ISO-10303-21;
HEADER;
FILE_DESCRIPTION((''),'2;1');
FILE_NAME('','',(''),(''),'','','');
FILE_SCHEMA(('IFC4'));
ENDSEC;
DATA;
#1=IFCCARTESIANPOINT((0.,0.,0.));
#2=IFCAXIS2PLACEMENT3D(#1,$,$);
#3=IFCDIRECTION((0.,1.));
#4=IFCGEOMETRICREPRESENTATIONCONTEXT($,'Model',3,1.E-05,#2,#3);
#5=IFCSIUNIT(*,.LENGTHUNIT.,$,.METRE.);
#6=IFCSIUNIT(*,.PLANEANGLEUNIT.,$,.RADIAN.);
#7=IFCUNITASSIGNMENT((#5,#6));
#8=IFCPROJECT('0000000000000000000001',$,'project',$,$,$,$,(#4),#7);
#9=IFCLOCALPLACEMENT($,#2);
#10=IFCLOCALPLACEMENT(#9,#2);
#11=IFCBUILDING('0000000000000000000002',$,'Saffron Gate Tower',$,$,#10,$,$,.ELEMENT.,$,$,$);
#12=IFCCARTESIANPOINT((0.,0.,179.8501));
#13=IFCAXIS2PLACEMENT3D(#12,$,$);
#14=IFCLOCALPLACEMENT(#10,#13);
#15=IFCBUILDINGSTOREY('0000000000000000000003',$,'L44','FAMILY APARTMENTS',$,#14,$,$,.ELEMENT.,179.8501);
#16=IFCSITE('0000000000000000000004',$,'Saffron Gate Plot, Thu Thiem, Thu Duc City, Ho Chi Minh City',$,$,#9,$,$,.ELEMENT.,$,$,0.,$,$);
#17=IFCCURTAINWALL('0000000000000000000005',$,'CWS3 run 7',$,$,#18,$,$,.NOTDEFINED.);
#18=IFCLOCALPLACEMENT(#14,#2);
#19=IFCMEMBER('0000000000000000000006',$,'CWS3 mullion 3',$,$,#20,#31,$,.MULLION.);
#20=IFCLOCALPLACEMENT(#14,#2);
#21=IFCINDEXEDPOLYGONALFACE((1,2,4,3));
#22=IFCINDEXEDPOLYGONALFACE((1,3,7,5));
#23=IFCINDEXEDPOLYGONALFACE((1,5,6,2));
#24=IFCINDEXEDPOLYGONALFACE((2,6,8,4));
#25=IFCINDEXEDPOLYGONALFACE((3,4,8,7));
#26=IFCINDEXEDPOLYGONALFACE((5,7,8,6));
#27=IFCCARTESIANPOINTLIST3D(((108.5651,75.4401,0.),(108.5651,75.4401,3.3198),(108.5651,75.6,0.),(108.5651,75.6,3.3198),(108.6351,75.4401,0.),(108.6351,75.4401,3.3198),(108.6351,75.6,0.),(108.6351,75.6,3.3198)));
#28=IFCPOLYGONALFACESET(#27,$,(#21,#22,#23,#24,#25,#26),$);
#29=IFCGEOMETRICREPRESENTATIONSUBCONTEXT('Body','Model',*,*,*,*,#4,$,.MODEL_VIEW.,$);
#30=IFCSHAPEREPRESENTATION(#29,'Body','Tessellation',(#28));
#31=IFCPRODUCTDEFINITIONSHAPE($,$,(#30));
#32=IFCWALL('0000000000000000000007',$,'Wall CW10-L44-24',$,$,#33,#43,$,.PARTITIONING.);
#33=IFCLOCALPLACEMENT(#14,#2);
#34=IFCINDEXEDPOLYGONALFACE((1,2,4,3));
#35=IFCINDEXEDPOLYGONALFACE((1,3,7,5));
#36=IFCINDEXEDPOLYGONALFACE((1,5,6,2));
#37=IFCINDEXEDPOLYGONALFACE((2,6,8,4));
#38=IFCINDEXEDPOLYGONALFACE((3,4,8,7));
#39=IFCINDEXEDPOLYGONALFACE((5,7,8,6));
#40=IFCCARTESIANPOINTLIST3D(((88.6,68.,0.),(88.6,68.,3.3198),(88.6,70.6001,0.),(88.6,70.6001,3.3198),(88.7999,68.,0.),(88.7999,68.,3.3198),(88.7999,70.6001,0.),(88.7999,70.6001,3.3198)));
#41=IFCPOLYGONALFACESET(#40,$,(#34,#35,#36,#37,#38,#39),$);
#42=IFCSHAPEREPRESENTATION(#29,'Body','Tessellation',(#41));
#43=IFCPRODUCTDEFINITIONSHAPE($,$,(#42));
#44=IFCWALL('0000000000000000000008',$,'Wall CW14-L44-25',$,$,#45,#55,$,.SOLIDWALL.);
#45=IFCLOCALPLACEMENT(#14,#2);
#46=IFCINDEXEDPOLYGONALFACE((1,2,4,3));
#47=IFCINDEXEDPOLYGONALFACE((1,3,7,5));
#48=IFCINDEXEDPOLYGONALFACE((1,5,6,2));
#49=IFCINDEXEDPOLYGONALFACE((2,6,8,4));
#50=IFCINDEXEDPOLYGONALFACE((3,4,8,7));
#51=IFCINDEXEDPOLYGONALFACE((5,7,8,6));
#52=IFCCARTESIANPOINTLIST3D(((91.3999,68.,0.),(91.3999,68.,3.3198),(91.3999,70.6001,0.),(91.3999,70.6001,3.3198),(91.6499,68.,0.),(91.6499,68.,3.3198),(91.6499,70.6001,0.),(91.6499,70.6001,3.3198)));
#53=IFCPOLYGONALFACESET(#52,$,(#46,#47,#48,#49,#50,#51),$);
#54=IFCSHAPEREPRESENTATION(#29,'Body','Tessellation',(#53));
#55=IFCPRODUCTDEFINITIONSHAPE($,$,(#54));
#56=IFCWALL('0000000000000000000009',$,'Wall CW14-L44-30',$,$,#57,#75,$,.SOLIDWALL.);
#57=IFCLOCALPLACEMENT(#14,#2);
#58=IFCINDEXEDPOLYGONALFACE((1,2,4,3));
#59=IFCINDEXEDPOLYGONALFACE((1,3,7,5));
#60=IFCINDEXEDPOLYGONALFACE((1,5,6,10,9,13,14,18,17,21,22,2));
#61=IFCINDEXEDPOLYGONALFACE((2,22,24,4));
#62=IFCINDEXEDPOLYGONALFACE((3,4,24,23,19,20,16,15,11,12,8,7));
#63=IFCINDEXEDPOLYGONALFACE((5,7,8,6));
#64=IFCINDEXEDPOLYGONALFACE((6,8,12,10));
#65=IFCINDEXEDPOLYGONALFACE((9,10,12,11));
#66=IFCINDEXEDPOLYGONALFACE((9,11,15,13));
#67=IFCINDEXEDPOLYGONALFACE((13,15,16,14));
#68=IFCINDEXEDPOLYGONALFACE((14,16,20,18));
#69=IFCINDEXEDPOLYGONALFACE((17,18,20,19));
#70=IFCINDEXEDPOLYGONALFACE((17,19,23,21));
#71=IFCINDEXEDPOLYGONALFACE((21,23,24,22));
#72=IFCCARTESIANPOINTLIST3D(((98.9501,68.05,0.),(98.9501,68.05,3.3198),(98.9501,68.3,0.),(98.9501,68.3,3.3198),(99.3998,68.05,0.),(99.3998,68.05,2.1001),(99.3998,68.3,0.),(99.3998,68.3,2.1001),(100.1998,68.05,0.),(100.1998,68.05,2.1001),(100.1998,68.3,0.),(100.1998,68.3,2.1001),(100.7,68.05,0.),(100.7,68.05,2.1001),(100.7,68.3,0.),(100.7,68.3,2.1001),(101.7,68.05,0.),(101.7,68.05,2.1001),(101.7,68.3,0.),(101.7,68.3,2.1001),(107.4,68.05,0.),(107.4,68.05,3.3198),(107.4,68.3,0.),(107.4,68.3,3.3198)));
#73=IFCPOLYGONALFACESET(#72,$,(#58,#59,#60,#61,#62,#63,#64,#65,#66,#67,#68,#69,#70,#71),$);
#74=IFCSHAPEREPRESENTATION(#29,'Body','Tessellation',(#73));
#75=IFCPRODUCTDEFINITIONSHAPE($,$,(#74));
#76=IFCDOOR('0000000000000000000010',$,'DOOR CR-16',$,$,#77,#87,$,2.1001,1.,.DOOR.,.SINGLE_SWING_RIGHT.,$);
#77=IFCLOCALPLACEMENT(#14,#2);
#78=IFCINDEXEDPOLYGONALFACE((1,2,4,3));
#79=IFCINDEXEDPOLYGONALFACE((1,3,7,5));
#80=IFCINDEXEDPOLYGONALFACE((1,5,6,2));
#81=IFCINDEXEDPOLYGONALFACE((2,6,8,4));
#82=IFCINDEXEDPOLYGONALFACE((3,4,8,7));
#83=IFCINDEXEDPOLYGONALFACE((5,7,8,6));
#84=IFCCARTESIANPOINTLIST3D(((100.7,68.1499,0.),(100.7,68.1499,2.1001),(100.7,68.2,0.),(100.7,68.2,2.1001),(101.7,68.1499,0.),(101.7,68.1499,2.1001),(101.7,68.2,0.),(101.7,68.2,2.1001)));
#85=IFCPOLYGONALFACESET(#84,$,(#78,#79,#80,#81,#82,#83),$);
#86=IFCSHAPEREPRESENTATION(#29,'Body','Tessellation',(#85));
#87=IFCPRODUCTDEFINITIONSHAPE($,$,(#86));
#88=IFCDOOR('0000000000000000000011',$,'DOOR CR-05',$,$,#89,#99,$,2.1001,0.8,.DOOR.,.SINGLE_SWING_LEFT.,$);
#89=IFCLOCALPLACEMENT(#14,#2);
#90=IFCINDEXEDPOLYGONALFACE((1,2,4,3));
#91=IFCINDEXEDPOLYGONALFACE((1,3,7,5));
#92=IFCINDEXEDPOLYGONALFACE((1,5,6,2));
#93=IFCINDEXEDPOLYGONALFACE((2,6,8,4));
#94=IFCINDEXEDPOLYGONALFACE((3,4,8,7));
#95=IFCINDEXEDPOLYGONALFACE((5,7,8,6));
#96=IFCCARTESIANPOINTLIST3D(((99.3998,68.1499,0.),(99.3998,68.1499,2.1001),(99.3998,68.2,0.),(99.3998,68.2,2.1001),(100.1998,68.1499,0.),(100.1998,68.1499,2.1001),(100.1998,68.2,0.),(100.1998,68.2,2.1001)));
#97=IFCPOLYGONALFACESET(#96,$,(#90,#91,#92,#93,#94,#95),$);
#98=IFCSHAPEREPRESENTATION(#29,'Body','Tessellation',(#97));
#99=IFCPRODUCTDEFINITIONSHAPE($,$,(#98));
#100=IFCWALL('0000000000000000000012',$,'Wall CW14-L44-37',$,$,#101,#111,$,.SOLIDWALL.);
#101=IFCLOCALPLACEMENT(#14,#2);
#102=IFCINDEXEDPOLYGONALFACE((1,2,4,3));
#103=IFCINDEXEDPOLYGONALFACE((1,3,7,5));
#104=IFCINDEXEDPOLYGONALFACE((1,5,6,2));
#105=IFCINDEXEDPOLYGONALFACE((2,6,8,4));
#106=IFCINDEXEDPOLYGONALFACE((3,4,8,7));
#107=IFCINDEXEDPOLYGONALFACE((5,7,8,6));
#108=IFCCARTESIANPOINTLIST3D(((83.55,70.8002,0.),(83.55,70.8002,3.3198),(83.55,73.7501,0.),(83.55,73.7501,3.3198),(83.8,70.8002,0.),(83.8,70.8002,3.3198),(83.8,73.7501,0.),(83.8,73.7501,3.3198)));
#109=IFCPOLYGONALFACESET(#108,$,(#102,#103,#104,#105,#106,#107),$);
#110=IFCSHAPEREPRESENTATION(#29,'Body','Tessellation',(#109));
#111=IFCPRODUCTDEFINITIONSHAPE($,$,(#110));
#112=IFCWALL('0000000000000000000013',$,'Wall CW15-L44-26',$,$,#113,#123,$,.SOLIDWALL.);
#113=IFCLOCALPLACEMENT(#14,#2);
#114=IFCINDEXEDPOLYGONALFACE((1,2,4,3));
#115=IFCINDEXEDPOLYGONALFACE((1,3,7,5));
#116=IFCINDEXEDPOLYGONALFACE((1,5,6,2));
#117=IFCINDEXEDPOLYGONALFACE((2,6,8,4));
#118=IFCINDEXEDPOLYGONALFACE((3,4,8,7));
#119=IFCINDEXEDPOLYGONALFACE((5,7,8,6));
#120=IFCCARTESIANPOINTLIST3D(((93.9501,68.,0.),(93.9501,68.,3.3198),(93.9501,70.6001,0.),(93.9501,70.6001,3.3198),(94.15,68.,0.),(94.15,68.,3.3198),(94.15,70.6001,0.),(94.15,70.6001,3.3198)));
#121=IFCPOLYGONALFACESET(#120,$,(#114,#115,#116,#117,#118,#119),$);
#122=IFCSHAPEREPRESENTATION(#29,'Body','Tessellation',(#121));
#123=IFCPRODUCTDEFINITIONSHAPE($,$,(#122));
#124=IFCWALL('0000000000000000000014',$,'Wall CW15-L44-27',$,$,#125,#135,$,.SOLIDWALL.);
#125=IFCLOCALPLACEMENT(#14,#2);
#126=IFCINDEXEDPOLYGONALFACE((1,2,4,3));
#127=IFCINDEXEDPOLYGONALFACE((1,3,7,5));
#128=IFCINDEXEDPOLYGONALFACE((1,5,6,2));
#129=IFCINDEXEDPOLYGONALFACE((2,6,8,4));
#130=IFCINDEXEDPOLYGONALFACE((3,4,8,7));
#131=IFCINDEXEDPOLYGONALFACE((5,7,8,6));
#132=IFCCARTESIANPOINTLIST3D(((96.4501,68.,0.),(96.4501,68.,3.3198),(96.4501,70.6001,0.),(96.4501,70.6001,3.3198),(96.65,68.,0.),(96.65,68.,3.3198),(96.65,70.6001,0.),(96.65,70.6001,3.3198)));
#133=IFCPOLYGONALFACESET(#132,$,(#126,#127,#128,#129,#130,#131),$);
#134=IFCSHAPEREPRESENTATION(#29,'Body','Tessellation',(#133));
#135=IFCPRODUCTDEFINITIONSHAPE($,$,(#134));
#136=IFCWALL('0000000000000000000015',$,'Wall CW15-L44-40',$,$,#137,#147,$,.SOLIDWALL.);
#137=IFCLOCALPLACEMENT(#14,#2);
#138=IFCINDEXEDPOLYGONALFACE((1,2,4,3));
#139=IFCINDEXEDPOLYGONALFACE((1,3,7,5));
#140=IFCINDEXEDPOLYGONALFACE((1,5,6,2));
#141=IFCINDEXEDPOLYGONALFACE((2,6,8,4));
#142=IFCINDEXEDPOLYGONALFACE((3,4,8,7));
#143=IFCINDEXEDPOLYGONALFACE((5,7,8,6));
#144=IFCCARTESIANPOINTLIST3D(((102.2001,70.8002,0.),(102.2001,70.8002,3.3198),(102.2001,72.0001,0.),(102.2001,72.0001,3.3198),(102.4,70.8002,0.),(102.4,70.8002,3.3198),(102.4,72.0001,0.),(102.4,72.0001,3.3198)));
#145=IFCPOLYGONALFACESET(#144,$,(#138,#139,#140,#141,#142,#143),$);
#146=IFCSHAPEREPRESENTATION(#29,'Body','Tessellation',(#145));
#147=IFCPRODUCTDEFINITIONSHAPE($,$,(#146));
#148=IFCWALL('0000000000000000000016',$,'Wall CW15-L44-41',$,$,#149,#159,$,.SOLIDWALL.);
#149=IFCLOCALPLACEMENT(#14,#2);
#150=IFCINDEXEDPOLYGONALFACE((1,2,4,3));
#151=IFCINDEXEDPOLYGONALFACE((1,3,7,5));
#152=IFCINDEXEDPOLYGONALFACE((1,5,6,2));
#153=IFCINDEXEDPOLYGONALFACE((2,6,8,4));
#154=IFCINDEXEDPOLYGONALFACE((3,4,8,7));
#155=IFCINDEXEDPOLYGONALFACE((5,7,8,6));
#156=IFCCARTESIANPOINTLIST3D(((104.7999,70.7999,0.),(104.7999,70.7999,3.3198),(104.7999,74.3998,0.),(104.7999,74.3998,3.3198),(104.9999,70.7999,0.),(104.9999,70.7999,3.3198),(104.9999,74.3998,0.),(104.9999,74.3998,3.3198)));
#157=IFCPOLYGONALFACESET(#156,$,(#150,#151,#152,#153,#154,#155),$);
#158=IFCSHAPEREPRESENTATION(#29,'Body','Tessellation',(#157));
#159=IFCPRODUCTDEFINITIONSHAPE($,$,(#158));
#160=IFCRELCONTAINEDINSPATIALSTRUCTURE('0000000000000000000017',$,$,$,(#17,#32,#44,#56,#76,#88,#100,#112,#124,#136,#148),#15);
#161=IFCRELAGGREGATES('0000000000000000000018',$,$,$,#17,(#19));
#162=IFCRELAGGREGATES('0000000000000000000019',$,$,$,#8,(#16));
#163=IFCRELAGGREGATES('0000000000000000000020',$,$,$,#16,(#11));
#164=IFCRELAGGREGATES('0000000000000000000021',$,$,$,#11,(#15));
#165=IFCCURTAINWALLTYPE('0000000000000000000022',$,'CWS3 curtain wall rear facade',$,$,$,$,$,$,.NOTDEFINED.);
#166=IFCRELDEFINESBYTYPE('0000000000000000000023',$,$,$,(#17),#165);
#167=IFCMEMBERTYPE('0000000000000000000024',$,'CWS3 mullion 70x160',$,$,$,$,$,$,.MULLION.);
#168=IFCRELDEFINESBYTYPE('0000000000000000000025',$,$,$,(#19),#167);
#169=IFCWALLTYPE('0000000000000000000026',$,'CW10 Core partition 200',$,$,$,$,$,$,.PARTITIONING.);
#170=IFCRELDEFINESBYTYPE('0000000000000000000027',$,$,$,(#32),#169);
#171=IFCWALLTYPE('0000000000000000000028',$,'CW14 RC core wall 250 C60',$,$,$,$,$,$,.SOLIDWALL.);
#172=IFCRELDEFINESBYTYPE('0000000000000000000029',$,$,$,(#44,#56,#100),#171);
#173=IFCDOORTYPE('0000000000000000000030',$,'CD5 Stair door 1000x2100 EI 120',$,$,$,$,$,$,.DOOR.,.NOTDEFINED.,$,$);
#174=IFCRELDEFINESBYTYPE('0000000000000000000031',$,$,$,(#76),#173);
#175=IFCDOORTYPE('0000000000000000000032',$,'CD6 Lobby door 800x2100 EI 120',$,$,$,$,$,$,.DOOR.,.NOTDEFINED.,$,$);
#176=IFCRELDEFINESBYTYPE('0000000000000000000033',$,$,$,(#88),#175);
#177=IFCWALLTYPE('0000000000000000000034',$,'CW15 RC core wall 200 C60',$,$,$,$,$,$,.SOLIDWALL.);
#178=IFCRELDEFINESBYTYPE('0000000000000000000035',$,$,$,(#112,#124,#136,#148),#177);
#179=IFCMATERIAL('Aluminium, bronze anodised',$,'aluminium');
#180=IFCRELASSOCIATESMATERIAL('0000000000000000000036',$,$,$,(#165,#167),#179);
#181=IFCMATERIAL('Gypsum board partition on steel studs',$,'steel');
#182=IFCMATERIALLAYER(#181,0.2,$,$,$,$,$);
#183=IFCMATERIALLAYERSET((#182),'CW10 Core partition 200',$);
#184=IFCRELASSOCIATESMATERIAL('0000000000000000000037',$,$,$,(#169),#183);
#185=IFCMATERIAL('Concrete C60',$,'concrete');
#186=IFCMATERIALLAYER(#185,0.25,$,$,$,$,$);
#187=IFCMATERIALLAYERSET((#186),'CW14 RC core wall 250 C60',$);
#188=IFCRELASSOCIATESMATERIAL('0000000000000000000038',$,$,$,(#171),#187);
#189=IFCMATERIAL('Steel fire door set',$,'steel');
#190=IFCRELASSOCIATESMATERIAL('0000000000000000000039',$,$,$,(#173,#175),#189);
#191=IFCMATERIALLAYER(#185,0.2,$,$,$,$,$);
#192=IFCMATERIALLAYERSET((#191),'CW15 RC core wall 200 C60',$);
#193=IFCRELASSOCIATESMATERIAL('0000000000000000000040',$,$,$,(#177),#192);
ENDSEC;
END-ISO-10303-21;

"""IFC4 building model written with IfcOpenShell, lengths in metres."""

from ifc_helpers import new_model, si_unit, direction, frame, frame_2d, origin, origin_2d, place, context, subcontext, project, spatial, rectangle, extrude, material, layer, layer_set, material_profile, profile_set, type_object, element, fill, aggregate, save


model = new_model("IFC4")

# Units and contexts
model_context = context("Model", 3, precision=1e-05, world=origin(), true_north=direction((0.0, 1.0)))
body_context = subcontext(model_context, "Body", "Model", "MODEL_VIEW")
ifc_project = project(units=[si_unit("LENGTHUNIT", "METRE"), si_unit("PLANEANGLEUNIT", "RADIAN")], contexts=[model_context])

# Site, building, storey
site_placement = place(None, origin())
site = spatial("IfcSite", under=ifc_project, at=site_placement, Name="Saffron Gate Plot, Thu Thiem, Thu Duc City, Ho Chi Minh City", CompositionType="ELEMENT", RefElevation=0.0)
building_placement = place(site_placement, origin())
building = spatial("IfcBuilding", under=site, at=building_placement, Name="Saffron Gate Tower", CompositionType="ELEMENT")
storey_placement = place(building_placement, frame((0.0, 0.0, 179.8501)))
storey = spatial("IfcBuildingStorey", under=building, at=storey_placement, Name="L44", Description="FAMILY APARTMENTS", CompositionType="ELEMENT", Elevation=179.8501)

# Curtain wall, member
ifc_material_1 = material(Name="Aluminium, bronze anodised", Category="aluminium")
curtain_wall_type = type_object("IfcCurtainWallType", Name="CWS3 curtain wall rear facade", PredefinedType="NOTDEFINED", material=ifc_material_1)
curtain_wall_placement = place(storey_placement, origin())
curtain_wall = element("IfcCurtainWall", 1, at=curtain_wall_placement, inside=storey, type_object=curtain_wall_type, Name="CWS3 run 7", PredefinedType="NOTDEFINED")
ifc_material_profile = material_profile(ifc_material_1, rectangle(XDim=0.1599, YDim=0.0701, at=origin_2d()))
ifc_profile_set = profile_set([ifc_material_profile], Name="Aluminium, bronze anodised")
member_type = type_object("IfcMemberType", Name="CWS3 mullion 70x160", PredefinedType="MULLION", material=ifc_profile_set)
member_placement = place(storey_placement, frame((108.6001, 75.52, 0.0), z_axis=(0.0, 0.0, 1.0), x_axis=(0.0, -1.0, 0.0)))
member = element("IfcMember", 2, at=member_placement, type_object=member_type, Name="CWS3 mullion 3", PredefinedType="MULLION", context=body_context, shape_type="SweptSolid", body=[
    extrude(rectangle(XDim=0.1599, YDim=0.0701, at=origin_2d()), origin(), (0.0, 0.0, 1.0), 3.3198),
])
aggregate(curtain_wall, [member])

# Walls
ifc_material_2 = material(Name="Gypsum board partition on steel studs", Category="steel")
ifc_layer_1 = layer(ifc_material_2, 0.2)
ifc_layer_set_1 = layer_set([ifc_layer_1], Name="CW10 Core partition 200")
wall_type_1 = type_object("IfcWallType", Name="CW10 Core partition 200", PredefinedType="PARTITIONING", material=ifc_layer_set_1)
wall_1_placement = place(storey_placement, frame((88.7, 68.0, 0.0), z_axis=(0.0, 0.0, 1.0), x_axis=(0.0, 1.0, 0.0)))
element("IfcWall", 3, at=wall_1_placement, inside=storey, type_object=wall_type_1, Name="Wall CW10-L44-24", PredefinedType="PARTITIONING", context=body_context, shape_type="SweptSolid", body=[
    extrude(rectangle(XDim=2.6001, YDim=0.2, at=frame_2d((1.3, 0.0))), origin(), (0.0, 0.0, 1.0), 3.3198),
])
ifc_material_3 = material(Name="Concrete C60", Category="concrete")
ifc_layer_2 = layer(ifc_material_3, 0.25)
ifc_layer_set_2 = layer_set([ifc_layer_2], Name="CW14 RC core wall 250 C60")
wall_type_2 = type_object("IfcWallType", Name="CW14 RC core wall 250 C60", PredefinedType="SOLIDWALL", material=ifc_layer_set_2)
wall_2_placement = place(storey_placement, frame((91.5249, 68.0, 0.0), z_axis=(0.0, 0.0, 1.0), x_axis=(0.0, 1.0, 0.0)))
element("IfcWall", 4, at=wall_2_placement, inside=storey, type_object=wall_type_2, Name="Wall CW14-L44-25", PredefinedType="SOLIDWALL", context=body_context, shape_type="SweptSolid", body=[
    extrude(rectangle(XDim=2.6001, YDim=0.25, at=frame_2d((1.3, 0.0))), origin(), (0.0, 0.0, 1.0), 3.3198),
])

# Wall, openings, doors
wall_3_placement = place(storey_placement, frame((98.95, 68.175, 0.0), z_axis=(0.0, 0.0, 1.0), x_axis=(1.0, 0.0, 0.0)))
wall_3 = element("IfcWall", 5, at=wall_3_placement, inside=storey, type_object=wall_type_2, Name="Wall CW14-L44-30", PredefinedType="SOLIDWALL", context=body_context, shape_type="SweptSolid", body=[
    extrude(rectangle(XDim=8.45, YDim=0.25, at=frame_2d((4.2251, 0.0))), origin(), (0.0, 0.0, 1.0), 3.3198),
])
opening_1_placement = place(wall_3_placement, frame((0.45, 0.0, 0.0)))
opening_1 = element("IfcOpeningElement", 6, at=opening_1_placement, cuts=wall_3, PredefinedType="OPENING", context=body_context, shape_type="SweptSolid", body=[
    extrude(rectangle(XDim=0.8, YDim=2.1001, at=frame_2d((0.3999, 1.05))), frame((0.0, 0.135, 0.0), z_axis=(0.0, -1.0, 0.0), x_axis=(1.0, 0.0, 0.0)), (0.0, 0.0, 1.0), 0.27),
])
opening_2_placement = place(wall_3_placement, frame((1.75, 0.0, 0.0)))
opening_2 = element("IfcOpeningElement", 7, at=opening_2_placement, cuts=wall_3, PredefinedType="OPENING", context=body_context, shape_type="SweptSolid", body=[
    extrude(rectangle(XDim=1.0, YDim=2.1001, at=frame_2d((0.5, 1.05))), frame((0.0, 0.135, 0.0), z_axis=(0.0, -1.0, 0.0), x_axis=(1.0, 0.0, 0.0)), (0.0, 0.0, 1.0), 0.27),
])
ifc_material_4 = material(Name="Steel fire door set", Category="steel")
door_type_1 = type_object("IfcDoorType", Name="CD5 Stair door 1000x2100 EI 120", OperationType="NOTDEFINED", PredefinedType="DOOR", material=ifc_material_4)
door_1_placement = place(opening_2_placement, origin())
door_1 = element("IfcDoor", 8, at=door_1_placement, inside=storey, type_object=door_type_1, Name="DOOR CR-16", OperationType="SINGLE_SWING_RIGHT", OverallHeight=2.1001, OverallWidth=1.0, PredefinedType="DOOR", context=body_context, shape_type="SweptSolid", body=[
    extrude(rectangle(XDim=1.0, YDim=2.1001, at=frame_2d((0.5, 1.05))), frame((0.0, 0.0249, 0.0), z_axis=(0.0, -1.0, 0.0), x_axis=(1.0, 0.0, 0.0)), (0.0, 0.0, 1.0), 0.05),
])
fill(opening_2, door_1)
door_type_2 = type_object("IfcDoorType", Name="CD6 Lobby door 800x2100 EI 120", OperationType="NOTDEFINED", PredefinedType="DOOR", material=ifc_material_4)
door_2_placement = place(opening_1_placement, origin())
door_2 = element("IfcDoor", 9, at=door_2_placement, inside=storey, type_object=door_type_2, Name="DOOR CR-05", OperationType="SINGLE_SWING_LEFT", OverallHeight=2.1001, OverallWidth=0.8, PredefinedType="DOOR", context=body_context, shape_type="SweptSolid", body=[
    extrude(rectangle(XDim=0.8, YDim=2.1001, at=frame_2d((0.3999, 1.05))), frame((0.0, 0.0249, 0.0), z_axis=(0.0, -1.0, 0.0), x_axis=(1.0, 0.0, 0.0)), (0.0, 0.0, 1.0), 0.05),
])
fill(opening_1, door_2)

# Walls
wall_4_placement = place(storey_placement, frame((83.675, 70.8, 0.0), z_axis=(0.0, 0.0, 1.0), x_axis=(0.0, 1.0, 0.0)))
element("IfcWall", 10, at=wall_4_placement, inside=storey, type_object=wall_type_2, Name="Wall CW14-L44-37", PredefinedType="SOLIDWALL", context=body_context, shape_type="SweptSolid", body=[
    extrude(rectangle(XDim=2.95, YDim=0.25, at=frame_2d((1.4751, 0.0))), origin(), (0.0, 0.0, 1.0), 3.3198),
])
ifc_layer_3 = layer(ifc_material_3, 0.2)
ifc_layer_set_3 = layer_set([ifc_layer_3], Name="CW15 RC core wall 200 C60")
wall_type_3 = type_object("IfcWallType", Name="CW15 RC core wall 200 C60", PredefinedType="SOLIDWALL", material=ifc_layer_set_3)
for number, where, z_axis, x_axis, name in (
    (11, (94.05, 68.0, 0.0), (0.0, 0.0, 1.0), (0.0, 1.0, 0.0), "Wall CW15-L44-26"),
    (12, (96.55, 68.0, 0.0), (0.0, 0.0, 1.0), (0.0, 1.0, 0.0), "Wall CW15-L44-27"),
):
    element("IfcWall", number, at=place(storey_placement, frame(where, z_axis=z_axis, x_axis=x_axis)), inside=storey, type_object=wall_type_3, Name=name, PredefinedType="SOLIDWALL", context=body_context, shape_type="SweptSolid", body=[
        extrude(rectangle(XDim=2.6001, YDim=0.2, at=frame_2d((1.3, 0.0))), origin(), (0.0, 0.0, 1.0), 3.3198),
    ])
wall_5_placement = place(storey_placement, frame((102.3, 70.8, 0.0), z_axis=(0.0, 0.0, 1.0), x_axis=(0.0, 1.0, 0.0)))
element("IfcWall", 13, at=wall_5_placement, inside=storey, type_object=wall_type_3, Name="Wall CW15-L44-40", PredefinedType="SOLIDWALL", context=body_context, shape_type="SweptSolid", body=[
    extrude(rectangle(XDim=1.2, YDim=0.2, at=frame_2d((0.6001, 0.0))), origin(), (0.0, 0.0, 1.0), 3.3198),
])
wall_6_placement = place(storey_placement, frame((104.8999, 70.8, 0.0), z_axis=(0.0, 0.0, 1.0), x_axis=(0.0, 1.0, 0.0)))
element("IfcWall", 14, at=wall_6_placement, inside=storey, type_object=wall_type_3, Name="Wall CW15-L44-41", PredefinedType="SOLIDWALL", context=body_context, shape_type="SweptSolid", body=[
    extrude(rectangle(XDim=3.5999, YDim=0.2, at=frame_2d((1.7998, 0.0))), origin(), (0.0, 0.0, 1.0), 3.3198),
])

save(model, "model.ifc")
